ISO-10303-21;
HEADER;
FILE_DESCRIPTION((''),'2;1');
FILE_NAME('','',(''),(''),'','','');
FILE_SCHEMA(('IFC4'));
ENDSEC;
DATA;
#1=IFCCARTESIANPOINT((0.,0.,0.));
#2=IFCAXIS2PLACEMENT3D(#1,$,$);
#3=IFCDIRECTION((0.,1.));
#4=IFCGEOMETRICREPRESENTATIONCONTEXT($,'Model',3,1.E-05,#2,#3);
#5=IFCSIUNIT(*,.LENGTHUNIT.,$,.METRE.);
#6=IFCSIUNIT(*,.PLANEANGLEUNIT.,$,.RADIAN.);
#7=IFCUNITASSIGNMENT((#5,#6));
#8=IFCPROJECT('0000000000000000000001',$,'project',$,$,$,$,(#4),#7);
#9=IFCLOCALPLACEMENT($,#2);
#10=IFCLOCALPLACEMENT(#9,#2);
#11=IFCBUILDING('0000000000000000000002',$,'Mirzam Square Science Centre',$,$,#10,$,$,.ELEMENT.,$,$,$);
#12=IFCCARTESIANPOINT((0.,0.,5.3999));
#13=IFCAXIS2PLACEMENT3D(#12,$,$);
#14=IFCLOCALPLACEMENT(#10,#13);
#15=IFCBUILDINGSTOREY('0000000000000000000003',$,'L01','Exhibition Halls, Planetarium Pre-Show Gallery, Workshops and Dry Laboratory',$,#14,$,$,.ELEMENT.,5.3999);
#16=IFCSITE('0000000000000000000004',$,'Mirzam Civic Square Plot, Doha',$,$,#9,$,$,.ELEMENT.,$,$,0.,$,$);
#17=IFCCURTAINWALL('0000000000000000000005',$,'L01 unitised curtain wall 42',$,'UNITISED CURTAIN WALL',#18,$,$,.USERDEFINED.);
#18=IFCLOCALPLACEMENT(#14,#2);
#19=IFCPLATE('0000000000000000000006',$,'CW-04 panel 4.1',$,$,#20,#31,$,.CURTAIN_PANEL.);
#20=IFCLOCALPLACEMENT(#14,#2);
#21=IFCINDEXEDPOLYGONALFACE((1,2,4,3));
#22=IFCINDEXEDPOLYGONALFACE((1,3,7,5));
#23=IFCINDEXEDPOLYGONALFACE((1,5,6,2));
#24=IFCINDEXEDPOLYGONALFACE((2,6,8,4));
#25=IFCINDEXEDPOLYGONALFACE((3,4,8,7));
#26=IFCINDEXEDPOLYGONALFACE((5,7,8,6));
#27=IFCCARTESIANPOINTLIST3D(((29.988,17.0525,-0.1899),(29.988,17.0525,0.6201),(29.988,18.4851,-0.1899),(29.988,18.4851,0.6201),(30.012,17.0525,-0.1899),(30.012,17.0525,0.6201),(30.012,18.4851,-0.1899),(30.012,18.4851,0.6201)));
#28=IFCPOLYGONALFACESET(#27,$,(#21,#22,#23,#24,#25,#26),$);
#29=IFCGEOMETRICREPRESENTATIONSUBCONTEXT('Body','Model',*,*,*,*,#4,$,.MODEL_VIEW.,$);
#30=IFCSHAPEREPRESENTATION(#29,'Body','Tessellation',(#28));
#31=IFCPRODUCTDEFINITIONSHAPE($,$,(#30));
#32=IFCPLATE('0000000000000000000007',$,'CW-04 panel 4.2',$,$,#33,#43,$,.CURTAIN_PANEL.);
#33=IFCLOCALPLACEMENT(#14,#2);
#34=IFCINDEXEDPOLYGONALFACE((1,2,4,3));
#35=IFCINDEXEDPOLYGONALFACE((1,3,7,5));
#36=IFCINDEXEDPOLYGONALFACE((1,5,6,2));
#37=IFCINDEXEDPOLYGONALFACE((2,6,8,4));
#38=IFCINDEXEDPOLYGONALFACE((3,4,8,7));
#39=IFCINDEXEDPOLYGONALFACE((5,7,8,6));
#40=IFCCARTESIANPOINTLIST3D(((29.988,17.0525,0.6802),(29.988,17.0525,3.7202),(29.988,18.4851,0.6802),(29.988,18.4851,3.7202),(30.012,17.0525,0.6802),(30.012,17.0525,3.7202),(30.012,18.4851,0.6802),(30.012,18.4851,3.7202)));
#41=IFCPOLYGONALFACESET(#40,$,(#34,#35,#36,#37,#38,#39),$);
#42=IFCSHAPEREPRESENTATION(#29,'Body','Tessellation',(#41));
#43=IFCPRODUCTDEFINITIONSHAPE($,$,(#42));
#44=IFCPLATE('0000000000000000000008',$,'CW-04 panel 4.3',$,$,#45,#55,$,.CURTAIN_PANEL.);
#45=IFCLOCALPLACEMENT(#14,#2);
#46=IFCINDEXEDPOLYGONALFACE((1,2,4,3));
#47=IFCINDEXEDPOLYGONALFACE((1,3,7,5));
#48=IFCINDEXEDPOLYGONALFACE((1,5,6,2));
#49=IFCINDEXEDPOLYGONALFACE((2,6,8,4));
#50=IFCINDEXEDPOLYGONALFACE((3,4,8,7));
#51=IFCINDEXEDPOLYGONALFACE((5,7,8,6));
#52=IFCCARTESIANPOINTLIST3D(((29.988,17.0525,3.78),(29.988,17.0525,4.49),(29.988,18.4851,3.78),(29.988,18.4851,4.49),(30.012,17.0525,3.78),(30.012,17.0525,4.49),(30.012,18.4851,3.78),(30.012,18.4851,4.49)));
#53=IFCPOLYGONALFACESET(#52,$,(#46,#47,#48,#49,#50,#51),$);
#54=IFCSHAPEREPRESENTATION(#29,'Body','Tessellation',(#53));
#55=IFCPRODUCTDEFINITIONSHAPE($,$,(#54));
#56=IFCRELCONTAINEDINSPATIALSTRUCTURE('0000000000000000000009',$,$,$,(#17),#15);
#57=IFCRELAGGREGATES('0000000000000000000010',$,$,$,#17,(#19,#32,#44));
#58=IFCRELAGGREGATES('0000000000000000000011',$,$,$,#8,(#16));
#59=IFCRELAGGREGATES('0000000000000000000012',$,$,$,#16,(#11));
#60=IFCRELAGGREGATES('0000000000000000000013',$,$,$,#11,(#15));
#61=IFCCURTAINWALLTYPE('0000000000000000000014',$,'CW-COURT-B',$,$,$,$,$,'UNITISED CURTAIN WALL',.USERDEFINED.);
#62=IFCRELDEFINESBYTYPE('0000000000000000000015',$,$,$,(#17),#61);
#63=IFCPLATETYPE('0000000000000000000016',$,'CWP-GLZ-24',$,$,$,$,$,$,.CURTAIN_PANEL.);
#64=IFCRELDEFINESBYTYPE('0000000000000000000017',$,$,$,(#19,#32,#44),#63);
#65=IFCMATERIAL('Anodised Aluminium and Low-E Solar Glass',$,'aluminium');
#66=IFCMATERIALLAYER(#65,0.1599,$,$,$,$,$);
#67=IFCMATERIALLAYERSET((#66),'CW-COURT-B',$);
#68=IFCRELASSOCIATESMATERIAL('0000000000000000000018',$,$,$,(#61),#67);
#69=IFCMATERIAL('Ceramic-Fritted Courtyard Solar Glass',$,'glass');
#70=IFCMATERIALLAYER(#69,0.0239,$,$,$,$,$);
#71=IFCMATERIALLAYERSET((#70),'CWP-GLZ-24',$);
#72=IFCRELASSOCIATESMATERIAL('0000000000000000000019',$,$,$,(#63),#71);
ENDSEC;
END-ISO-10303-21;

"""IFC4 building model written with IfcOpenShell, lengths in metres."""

from ifc_helpers import new_model, si_unit, direction, frame, origin, origin_2d, place, context, subcontext, project, spatial, rectangle, extrude, material, layer, layer_set, type_object, element, aggregate, save


model = new_model("IFC4")

# Units and contexts
model_context = context("Model", 3, precision=1e-05, world=origin(), true_north=direction((0.0, 1.0)))
body_context = subcontext(model_context, "Body", "Model", "MODEL_VIEW")
ifc_project = project(units=[si_unit("LENGTHUNIT", "METRE"), si_unit("PLANEANGLEUNIT", "RADIAN")], contexts=[model_context])

# Site, building, storey
site_placement = place(None, origin())
site = spatial("IfcSite", under=ifc_project, at=site_placement, Name="Mirzam Civic Square Plot, Doha", CompositionType="ELEMENT", RefElevation=0.0)
building_placement = place(site_placement, origin())
building = spatial("IfcBuilding", under=site, at=building_placement, Name="Mirzam Square Science Centre", CompositionType="ELEMENT")
storey_placement = place(building_placement, frame((0.0, 0.0, 5.3999)))
storey = spatial("IfcBuildingStorey", under=building, at=storey_placement, Name="L01", Description="Exhibition Halls, Planetarium Pre-Show Gallery, Workshops and Dry Laboratory", CompositionType="ELEMENT", Elevation=5.3999)

# Curtain wall
ifc_material_1 = material(Name="Anodised Aluminium and Low-E Solar Glass", Category="aluminium")
ifc_layer_1 = layer(ifc_material_1, 0.1599)
ifc_layer_set_1 = layer_set([ifc_layer_1], Name="CW-COURT-B")
curtain_wall_type = type_object("IfcCurtainWallType", Name="CW-COURT-B", ElementType="UNITISED CURTAIN WALL", PredefinedType="USERDEFINED", material=ifc_layer_set_1)
curtain_wall_placement = place(storey_placement, origin())
curtain_wall = element("IfcCurtainWall", 1, at=curtain_wall_placement, inside=storey, type_object=curtain_wall_type, Name="L01 unitised curtain wall 42", ObjectType="UNITISED CURTAIN WALL", PredefinedType="USERDEFINED")

# Plates
ifc_material_2 = material(Name="Ceramic-Fritted Courtyard Solar Glass", Category="glass")
ifc_layer_2 = layer(ifc_material_2, 0.0239)
ifc_layer_set_2 = layer_set([ifc_layer_2], Name="CWP-GLZ-24")
plate_type = type_object("IfcPlateType", Name="CWP-GLZ-24", PredefinedType="CURTAIN_PANEL", material=ifc_layer_set_2)
plate_1_placement = place(storey_placement, frame((30.0, 17.7688, -0.1899), z_axis=(0.0, 0.0, 1.0), x_axis=(0.0, 1.0, 0.0)))
plate_1 = element("IfcPlate", 2, at=plate_1_placement, type_object=plate_type, Name="CW-04 panel 4.1", PredefinedType="CURTAIN_PANEL", context=body_context, shape_type="SweptSolid", body=[
    extrude(rectangle(XDim=1.4326, YDim=0.0239, at=origin_2d()), origin(), (0.0, 0.0, 1.0), 0.8101),
])
plate_2_placement = place(storey_placement, frame((30.0, 17.7688, 0.6802), z_axis=(0.0, 0.0, 1.0), x_axis=(0.0, 1.0, 0.0)))
plate_2 = element("IfcPlate", 3, at=plate_2_placement, type_object=plate_type, Name="CW-04 panel 4.2", PredefinedType="CURTAIN_PANEL", context=body_context, shape_type="SweptSolid", body=[
    extrude(rectangle(XDim=1.4326, YDim=0.0239, at=origin_2d()), origin(), (0.0, 0.0, 1.0), 3.04),
])
plate_3_placement = place(storey_placement, frame((30.0, 17.7688, 3.78), z_axis=(0.0, 0.0, 1.0), x_axis=(0.0, 1.0, 0.0)))
plate_3 = element("IfcPlate", 4, at=plate_3_placement, type_object=plate_type, Name="CW-04 panel 4.3", PredefinedType="CURTAIN_PANEL", context=body_context, shape_type="SweptSolid", body=[
    extrude(rectangle(XDim=1.4326, YDim=0.0239, at=origin_2d()), origin(), (0.0, 0.0, 1.0), 0.71),
])
aggregate(curtain_wall, [plate_1, plate_2, plate_3])

save(model, "model.ifc")
